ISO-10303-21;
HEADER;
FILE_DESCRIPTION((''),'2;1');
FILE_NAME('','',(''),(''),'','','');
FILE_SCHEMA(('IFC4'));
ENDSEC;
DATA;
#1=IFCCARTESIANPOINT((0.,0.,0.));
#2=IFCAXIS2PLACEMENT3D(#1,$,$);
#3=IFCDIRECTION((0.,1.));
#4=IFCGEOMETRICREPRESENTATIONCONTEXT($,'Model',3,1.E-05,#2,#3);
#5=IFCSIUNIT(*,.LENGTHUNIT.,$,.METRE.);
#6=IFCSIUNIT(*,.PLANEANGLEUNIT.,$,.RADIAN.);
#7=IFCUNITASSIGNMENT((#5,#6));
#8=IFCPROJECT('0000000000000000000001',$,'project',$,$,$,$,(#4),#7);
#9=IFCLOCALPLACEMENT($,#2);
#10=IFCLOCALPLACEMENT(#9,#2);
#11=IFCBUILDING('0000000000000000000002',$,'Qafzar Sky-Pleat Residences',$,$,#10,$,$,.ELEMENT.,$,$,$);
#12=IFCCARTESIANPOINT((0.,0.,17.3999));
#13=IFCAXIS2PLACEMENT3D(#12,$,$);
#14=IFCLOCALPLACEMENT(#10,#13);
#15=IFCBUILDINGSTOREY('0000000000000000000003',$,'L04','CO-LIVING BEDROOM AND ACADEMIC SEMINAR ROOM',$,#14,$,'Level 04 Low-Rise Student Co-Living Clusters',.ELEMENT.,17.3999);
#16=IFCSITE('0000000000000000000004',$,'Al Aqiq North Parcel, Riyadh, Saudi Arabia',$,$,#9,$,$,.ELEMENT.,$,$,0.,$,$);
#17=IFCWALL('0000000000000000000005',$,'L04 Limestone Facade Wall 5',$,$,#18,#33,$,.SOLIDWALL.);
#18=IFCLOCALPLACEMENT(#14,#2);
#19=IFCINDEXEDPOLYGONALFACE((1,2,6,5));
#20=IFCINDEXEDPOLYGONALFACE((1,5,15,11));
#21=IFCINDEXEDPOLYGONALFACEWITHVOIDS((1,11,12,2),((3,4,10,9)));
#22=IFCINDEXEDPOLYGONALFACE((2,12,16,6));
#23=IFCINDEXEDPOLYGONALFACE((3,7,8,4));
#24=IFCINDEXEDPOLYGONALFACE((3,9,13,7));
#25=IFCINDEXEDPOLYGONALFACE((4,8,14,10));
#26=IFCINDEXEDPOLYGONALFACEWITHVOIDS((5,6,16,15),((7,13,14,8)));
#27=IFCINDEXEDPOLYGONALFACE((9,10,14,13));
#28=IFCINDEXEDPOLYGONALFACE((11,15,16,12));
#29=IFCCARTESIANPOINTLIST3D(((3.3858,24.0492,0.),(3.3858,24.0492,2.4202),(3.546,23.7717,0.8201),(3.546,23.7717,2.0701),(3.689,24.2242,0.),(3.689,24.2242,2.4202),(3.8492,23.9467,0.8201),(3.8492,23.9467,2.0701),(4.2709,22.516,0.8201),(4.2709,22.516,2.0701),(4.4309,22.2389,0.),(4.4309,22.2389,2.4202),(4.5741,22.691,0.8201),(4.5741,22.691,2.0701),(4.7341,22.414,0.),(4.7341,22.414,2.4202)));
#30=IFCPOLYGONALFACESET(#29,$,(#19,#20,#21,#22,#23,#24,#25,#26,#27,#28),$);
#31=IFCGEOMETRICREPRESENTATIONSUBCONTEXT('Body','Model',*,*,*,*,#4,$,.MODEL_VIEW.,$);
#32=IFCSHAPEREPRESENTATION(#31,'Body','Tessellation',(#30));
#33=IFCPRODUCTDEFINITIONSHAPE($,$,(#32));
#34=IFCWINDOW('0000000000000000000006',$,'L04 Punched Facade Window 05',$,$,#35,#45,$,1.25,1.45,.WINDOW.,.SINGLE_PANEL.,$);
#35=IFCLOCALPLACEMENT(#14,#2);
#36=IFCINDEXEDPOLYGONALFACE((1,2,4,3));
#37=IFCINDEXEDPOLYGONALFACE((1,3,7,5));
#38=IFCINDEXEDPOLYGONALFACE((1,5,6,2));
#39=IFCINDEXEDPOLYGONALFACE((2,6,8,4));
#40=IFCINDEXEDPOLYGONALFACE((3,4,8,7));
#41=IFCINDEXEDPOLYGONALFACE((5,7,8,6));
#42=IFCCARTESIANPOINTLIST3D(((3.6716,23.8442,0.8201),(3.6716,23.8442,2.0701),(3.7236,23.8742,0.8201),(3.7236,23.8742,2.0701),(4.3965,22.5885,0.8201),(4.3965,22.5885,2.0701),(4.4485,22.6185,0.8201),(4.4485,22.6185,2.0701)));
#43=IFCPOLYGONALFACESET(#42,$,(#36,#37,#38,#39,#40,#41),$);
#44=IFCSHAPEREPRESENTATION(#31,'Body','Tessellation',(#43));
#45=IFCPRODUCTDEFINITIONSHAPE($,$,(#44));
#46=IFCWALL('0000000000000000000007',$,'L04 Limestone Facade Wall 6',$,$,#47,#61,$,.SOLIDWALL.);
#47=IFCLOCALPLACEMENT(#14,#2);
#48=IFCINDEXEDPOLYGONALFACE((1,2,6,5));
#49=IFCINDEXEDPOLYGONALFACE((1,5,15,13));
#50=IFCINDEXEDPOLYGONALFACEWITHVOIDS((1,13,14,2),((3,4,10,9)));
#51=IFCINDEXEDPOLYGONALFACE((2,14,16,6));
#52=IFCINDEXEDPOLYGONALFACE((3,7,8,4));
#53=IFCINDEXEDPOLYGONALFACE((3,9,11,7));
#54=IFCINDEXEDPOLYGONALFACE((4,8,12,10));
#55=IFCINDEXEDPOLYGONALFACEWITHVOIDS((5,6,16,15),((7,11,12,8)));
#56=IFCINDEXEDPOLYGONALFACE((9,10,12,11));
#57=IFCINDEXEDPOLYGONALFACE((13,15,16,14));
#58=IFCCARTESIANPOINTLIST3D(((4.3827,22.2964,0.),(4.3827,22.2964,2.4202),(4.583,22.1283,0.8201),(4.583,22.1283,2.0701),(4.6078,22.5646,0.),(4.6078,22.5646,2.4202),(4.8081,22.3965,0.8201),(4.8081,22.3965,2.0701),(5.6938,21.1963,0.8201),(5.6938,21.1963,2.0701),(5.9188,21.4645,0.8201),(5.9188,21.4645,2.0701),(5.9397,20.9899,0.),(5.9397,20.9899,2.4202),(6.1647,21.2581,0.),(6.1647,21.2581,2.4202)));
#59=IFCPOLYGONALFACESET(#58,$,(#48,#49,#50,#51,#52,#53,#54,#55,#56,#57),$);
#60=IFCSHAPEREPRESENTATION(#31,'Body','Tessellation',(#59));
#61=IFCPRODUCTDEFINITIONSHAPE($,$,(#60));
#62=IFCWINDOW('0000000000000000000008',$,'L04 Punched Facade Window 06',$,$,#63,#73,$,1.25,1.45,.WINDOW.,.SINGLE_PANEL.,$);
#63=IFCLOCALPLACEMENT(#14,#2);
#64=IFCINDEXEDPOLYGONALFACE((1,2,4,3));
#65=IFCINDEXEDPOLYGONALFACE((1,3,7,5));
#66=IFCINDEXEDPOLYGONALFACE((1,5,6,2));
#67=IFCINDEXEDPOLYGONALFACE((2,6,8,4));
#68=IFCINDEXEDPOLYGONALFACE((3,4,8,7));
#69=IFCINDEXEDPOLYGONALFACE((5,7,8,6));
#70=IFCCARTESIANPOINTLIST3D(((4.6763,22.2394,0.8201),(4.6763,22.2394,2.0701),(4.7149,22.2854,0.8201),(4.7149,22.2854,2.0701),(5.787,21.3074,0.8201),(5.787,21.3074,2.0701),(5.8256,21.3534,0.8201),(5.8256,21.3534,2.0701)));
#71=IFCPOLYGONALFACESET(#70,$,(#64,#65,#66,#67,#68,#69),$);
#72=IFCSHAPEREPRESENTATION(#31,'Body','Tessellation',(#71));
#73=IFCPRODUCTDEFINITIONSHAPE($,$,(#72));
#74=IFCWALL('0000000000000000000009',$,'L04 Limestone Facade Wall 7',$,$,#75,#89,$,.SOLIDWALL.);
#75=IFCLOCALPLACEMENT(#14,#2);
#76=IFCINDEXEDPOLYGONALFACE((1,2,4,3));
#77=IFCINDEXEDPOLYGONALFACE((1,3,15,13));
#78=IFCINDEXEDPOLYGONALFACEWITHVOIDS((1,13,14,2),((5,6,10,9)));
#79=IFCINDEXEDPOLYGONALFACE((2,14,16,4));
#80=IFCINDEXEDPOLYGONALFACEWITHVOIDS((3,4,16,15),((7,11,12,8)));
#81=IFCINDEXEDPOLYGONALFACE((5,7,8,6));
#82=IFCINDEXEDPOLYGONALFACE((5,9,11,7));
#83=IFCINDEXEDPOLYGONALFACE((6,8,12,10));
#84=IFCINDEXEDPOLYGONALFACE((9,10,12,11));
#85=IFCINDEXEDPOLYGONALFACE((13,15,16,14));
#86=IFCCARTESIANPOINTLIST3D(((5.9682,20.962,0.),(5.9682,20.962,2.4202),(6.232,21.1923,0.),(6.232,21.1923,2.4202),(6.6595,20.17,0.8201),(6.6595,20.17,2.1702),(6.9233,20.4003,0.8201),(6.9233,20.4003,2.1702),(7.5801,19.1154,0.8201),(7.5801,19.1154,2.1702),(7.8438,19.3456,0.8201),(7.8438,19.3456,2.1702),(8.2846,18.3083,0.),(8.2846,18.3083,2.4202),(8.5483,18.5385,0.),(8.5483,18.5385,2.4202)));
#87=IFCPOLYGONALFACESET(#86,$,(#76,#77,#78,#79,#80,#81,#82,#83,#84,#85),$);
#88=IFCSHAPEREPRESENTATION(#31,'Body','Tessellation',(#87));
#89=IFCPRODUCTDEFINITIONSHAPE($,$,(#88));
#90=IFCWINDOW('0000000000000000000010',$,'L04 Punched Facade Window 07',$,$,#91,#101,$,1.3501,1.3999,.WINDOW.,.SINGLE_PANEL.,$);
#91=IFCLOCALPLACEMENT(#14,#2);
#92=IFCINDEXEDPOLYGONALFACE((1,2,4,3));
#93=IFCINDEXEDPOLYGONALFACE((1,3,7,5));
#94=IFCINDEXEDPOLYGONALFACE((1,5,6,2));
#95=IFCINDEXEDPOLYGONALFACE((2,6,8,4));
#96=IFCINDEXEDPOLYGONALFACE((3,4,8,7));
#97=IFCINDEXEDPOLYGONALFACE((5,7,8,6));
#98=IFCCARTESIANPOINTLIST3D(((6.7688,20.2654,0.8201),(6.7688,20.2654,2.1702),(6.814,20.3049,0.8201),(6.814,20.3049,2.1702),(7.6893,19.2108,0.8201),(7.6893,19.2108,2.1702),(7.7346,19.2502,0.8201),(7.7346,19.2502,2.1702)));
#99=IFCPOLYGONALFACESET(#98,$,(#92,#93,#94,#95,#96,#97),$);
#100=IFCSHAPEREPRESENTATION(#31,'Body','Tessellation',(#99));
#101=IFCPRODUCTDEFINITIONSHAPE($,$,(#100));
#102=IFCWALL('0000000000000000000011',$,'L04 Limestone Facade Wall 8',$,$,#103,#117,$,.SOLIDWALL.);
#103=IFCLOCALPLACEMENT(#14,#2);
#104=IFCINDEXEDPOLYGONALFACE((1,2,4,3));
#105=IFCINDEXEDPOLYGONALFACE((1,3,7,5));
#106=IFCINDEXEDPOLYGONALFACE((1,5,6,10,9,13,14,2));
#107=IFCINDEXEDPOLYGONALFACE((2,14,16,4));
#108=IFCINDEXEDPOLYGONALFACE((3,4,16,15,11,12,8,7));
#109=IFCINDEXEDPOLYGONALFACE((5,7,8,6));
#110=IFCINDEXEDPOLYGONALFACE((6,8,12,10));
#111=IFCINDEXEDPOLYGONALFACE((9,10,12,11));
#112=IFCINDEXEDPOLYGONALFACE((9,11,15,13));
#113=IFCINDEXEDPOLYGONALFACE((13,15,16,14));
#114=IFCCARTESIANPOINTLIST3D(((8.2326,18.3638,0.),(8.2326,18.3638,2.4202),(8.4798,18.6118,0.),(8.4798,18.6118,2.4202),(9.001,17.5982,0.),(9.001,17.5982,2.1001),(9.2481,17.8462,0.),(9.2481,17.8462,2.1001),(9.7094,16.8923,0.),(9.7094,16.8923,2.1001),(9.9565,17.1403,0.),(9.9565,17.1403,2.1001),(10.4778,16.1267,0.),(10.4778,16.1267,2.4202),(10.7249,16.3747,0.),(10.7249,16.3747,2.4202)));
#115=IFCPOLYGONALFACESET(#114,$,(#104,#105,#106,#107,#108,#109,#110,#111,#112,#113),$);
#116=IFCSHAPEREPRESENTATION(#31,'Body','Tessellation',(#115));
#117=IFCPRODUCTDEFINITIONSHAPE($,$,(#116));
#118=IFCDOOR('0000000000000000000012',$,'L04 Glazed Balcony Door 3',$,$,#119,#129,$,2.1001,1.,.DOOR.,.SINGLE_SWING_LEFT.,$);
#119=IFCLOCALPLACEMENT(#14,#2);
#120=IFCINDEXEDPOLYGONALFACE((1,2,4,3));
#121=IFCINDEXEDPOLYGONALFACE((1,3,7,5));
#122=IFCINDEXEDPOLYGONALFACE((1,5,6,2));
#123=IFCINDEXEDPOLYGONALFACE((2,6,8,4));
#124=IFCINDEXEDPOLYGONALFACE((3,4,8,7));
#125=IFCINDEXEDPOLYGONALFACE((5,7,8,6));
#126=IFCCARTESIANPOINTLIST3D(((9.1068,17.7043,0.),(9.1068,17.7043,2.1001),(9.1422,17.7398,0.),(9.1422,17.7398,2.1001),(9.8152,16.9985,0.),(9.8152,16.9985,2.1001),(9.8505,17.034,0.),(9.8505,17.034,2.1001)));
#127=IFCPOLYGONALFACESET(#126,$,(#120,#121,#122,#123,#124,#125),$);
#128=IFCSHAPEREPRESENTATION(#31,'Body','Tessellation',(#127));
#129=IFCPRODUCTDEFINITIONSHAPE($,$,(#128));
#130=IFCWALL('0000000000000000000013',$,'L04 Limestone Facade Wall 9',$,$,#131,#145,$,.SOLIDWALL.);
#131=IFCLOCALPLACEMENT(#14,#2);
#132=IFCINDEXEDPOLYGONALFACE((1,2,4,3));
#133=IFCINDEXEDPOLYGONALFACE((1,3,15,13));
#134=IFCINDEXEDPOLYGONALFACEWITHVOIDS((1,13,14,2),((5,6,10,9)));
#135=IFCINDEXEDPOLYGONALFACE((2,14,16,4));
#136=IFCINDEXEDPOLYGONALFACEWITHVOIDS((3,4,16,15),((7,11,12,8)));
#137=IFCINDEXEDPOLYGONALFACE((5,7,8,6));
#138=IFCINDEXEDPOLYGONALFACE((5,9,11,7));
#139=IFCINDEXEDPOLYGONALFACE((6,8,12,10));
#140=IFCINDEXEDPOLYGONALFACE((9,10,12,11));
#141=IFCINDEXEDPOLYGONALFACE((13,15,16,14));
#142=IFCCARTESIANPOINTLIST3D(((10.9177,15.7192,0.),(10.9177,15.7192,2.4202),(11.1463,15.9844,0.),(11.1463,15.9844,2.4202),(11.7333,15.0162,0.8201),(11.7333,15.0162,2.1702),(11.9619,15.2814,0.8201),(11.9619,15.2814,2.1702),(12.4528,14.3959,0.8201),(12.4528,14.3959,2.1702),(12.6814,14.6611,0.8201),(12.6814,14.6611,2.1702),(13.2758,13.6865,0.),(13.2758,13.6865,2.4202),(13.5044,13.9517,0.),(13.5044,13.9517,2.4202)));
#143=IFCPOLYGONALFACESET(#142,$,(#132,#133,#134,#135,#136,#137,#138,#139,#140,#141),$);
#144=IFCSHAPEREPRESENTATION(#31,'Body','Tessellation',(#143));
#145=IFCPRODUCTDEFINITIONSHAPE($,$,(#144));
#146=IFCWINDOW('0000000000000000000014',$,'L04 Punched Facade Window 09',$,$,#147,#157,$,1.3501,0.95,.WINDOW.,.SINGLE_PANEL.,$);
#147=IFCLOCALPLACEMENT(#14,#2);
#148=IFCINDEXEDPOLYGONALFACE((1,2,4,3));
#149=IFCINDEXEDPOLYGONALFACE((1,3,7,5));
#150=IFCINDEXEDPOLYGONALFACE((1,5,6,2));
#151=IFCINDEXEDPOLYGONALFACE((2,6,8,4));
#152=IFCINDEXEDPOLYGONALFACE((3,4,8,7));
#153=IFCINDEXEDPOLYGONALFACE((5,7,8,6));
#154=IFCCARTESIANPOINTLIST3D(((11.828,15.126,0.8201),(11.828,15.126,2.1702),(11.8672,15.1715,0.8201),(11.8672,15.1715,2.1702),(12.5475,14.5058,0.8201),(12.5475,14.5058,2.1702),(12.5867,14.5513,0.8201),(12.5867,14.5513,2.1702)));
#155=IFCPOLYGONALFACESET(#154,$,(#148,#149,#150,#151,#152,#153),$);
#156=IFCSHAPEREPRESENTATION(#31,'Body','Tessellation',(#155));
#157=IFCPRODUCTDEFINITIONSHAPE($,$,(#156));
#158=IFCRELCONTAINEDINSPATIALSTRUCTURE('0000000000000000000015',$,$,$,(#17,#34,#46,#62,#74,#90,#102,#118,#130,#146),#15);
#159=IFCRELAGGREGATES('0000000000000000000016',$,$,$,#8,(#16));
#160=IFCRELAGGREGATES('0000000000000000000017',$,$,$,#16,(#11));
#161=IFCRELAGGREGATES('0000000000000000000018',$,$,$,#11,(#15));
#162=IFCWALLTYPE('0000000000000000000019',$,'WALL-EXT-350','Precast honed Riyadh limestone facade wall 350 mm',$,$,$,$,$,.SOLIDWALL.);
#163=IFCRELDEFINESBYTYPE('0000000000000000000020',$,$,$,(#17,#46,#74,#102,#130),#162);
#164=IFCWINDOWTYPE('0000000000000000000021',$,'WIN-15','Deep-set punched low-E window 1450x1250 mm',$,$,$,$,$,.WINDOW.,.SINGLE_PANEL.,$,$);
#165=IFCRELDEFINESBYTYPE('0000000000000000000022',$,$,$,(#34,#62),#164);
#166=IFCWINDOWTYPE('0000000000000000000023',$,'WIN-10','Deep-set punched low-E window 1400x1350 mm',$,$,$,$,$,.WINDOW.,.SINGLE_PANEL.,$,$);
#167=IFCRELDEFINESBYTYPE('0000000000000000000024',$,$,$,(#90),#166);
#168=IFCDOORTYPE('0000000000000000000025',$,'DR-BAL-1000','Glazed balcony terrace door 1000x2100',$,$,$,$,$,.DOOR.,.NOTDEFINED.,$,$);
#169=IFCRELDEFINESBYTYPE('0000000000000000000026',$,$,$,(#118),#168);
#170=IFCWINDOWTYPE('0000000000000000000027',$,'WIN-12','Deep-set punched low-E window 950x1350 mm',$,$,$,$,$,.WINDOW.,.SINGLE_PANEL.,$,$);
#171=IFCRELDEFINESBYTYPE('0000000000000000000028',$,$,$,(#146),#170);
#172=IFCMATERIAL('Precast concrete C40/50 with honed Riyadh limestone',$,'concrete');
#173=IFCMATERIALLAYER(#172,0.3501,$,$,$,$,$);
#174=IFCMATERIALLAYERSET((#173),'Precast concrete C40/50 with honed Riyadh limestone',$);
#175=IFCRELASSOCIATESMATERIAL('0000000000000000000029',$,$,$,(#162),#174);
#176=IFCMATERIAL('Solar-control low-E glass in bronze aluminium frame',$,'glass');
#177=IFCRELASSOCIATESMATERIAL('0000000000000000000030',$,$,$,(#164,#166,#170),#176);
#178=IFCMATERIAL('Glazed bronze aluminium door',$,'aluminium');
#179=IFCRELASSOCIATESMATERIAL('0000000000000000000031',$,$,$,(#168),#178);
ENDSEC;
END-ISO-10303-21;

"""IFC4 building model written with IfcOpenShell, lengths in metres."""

from ifc_helpers import new_model, si_unit, direction, frame, frame_2d, origin, place, context, subcontext, project, spatial, rectangle, extrude, source, transform, mapped, material, layer, layer_set, type_object, element, fill, save


model = new_model("IFC4")

# Units and contexts
model_context = context("Model", 3, precision=1e-05, world=origin(), true_north=direction((0.0, 1.0)))
body_context = subcontext(model_context, "Body", "Model", "MODEL_VIEW")
ifc_project = project(units=[si_unit("LENGTHUNIT", "METRE"), si_unit("PLANEANGLEUNIT", "RADIAN")], contexts=[model_context])

# Site, building, storey
site_placement = place(None, origin())
site = spatial("IfcSite", under=ifc_project, at=site_placement, Name="Al Aqiq North Parcel, Riyadh, Saudi Arabia", CompositionType="ELEMENT", RefElevation=0.0)
building_placement = place(site_placement, origin())
building = spatial("IfcBuilding", under=site, at=building_placement, Name="Qafzar Sky-Pleat Residences", CompositionType="ELEMENT")
storey_placement = place(building_placement, frame((0.0, 0.0, 17.3999)))
storey = spatial("IfcBuildingStorey", under=building, at=storey_placement, Name="L04", Description="CO-LIVING BEDROOM AND ACADEMIC SEMINAR ROOM", LongName="Level 04 Low-Rise Student Co-Living Clusters", CompositionType="ELEMENT", Elevation=17.3999)

# Walls, openings, windows
ifc_material_1 = material(Name="Precast concrete C40/50 with honed Riyadh limestone", Category="concrete")
ifc_layer_1 = layer(ifc_material_1, 0.3501)
ifc_layer_set_1 = layer_set([ifc_layer_1], Name="Precast concrete C40/50 with honed Riyadh limestone")
wall_type_1 = type_object("IfcWallType", Name="WALL-EXT-350", Description="Precast honed Riyadh limestone facade wall 350 mm", PredefinedType="SOLIDWALL", material=ifc_layer_set_1)
wall_1_placement = place(storey_placement, frame((3.5374, 24.1367, 0.0), z_axis=(0.0, 0.0, 1.0), x_axis=(0.499995, -0.866028, 0.0)))
wall_1 = element("IfcWall", 1, at=wall_1_placement, inside=storey, type_object=wall_type_1, Name="L04 Limestone Facade Wall 5", PredefinedType="SOLIDWALL", context=body_context, shape_type="SweptSolid", body=[
    extrude(rectangle(XDim=2.0903, YDim=0.3501, at=frame_2d((1.0452, 0.0))), origin(), (0.0, 0.0, 1.0), 2.4202),
])
opening_1_placement = place(wall_1_placement, frame((0.3203, 0.0, 0.8201)))
opening_1 = element("IfcOpeningElement", 2, at=opening_1_placement, cuts=wall_1, PredefinedType="OPENING", context=body_context, shape_type="SweptSolid", body=[
    extrude(rectangle(XDim=1.45, YDim=1.25, at=frame_2d((0.7251, 0.625))), frame((0.0, 0.1851, 0.0), z_axis=(0.0, -1.0, 0.0), x_axis=(1.0, 0.0, 0.0)), (0.0, 0.0, 1.0), 0.3701),
])
ifc_material_2 = material(Name="Solar-control low-E glass in bronze aluminium frame", Category="glass")
window_type_1 = type_object("IfcWindowType", Name="WIN-15", Description="Deep-set punched low-E window 1450x1250 mm", PartitioningType="SINGLE_PANEL", PredefinedType="WINDOW", material=ifc_material_2)
shared_shape_1 = source(origin(), body_context, "Body", "SweptSolid", [
    extrude(rectangle(XDim=1.45, YDim=1.25, at=frame_2d((0.7251, 0.625))), frame((0.0, 0.03, 0.0), z_axis=(0.0, -1.0, 0.0), x_axis=(1.0, 0.0, 0.0)), (0.0, 0.0, 1.0), 0.0601),
])
window_1_placement = place(opening_1_placement, origin())
window_1 = element("IfcWindow", 3, at=window_1_placement, inside=storey, type_object=window_type_1, Name="L04 Punched Facade Window 05", OverallHeight=1.25, OverallWidth=1.45, PartitioningType="SINGLE_PANEL", PredefinedType="WINDOW", context=body_context, shape_type="MappedRepresentation", body=[
    mapped(shared_shape_1, transform((0.0, 0.0, 0.0), x_axis=(1.0, 0.0, 0.0), y_axis=(0.0, 1.0, 0.0), z_axis=(0.0, 0.0, 1.0), scale=1.0)),
])
fill(opening_1, window_1)
wall_2_placement = place(storey_placement, frame((4.4954, 22.4304, 0.0), z_axis=(0.0, 0.0, 1.0), x_axis=(0.766041, -0.642792, 0.0)))
wall_2 = element("IfcWall", 4, at=wall_2_placement, inside=storey, type_object=wall_type_1, Name="L04 Limestone Facade Wall 6", PredefinedType="SOLIDWALL", context=body_context, shape_type="SweptSolid", body=[
    extrude(rectangle(XDim=2.0325, YDim=0.3501, at=frame_2d((1.0161, 0.0))), origin(), (0.0, 0.0, 1.0), 2.4202),
])
opening_2_placement = place(wall_2_placement, frame((0.2612, 0.0, 0.8201)))
opening_2 = element("IfcOpeningElement", 5, at=opening_2_placement, cuts=wall_2, PredefinedType="OPENING", context=body_context, shape_type="SweptSolid", body=[
    extrude(rectangle(XDim=1.45, YDim=1.25, at=frame_2d((0.7251, 0.625))), frame((0.0, 0.1851, 0.0), z_axis=(0.0, -1.0, 0.0), x_axis=(1.0, 0.0, 0.0)), (0.0, 0.0, 1.0), 0.3701),
])
window_2_placement = place(opening_2_placement, origin())
window_2 = element("IfcWindow", 6, at=window_2_placement, inside=storey, type_object=window_type_1, Name="L04 Punched Facade Window 06", OverallHeight=1.25, OverallWidth=1.45, PartitioningType="SINGLE_PANEL", PredefinedType="WINDOW", context=body_context, shape_type="MappedRepresentation", body=[
    mapped(shared_shape_1, transform((0.0, 0.0, 0.0), x_axis=(1.0, 0.0, 0.0), y_axis=(0.0, 1.0, 0.0), z_axis=(0.0, 0.0, 1.0), scale=1.0)),
])
fill(opening_2, window_2)
wall_3_placement = place(storey_placement, frame((6.1001, 21.0771, 0.0), z_axis=(0.0, 0.0, 1.0), x_axis=(0.657591, -0.753375, 0.0)))
wall_3 = element("IfcWall", 7, at=wall_3_placement, inside=storey, type_object=wall_type_1, Name="L04 Limestone Facade Wall 7", PredefinedType="SOLIDWALL", context=body_context, shape_type="SweptSolid", body=[
    extrude(rectangle(XDim=3.5225, YDim=0.3501, at=frame_2d((1.7612, 0.0))), origin(), (0.0, 0.0, 1.0), 2.4202),
])
opening_3_placement = place(wall_3_placement, frame((1.0513, 0.0, 0.8201)))
opening_3 = element("IfcOpeningElement", 8, at=opening_3_placement, cuts=wall_3, PredefinedType="OPENING", context=body_context, shape_type="SweptSolid", body=[
    extrude(rectangle(XDim=1.3999, YDim=1.3501, at=frame_2d((0.7, 0.675))), frame((0.0, 0.1851, 0.0), z_axis=(0.0, -1.0, 0.0), x_axis=(1.0, 0.0, 0.0)), (0.0, 0.0, 1.0), 0.3701),
])
window_type_2 = type_object("IfcWindowType", Name="WIN-10", Description="Deep-set punched low-E window 1400x1350 mm", PartitioningType="SINGLE_PANEL", PredefinedType="WINDOW", material=ifc_material_2)
shared_shape_2 = source(origin(), body_context, "Body", "SweptSolid", [
    extrude(rectangle(XDim=1.3999, YDim=1.3501, at=frame_2d((0.7, 0.675))), frame((0.0, 0.03, 0.0), z_axis=(0.0, -1.0, 0.0), x_axis=(1.0, 0.0, 0.0)), (0.0, 0.0, 1.0), 0.0601),
])
window_3_placement = place(opening_3_placement, origin())
window_3 = element("IfcWindow", 9, at=window_3_placement, inside=storey, type_object=window_type_2, Name="L04 Punched Facade Window 07", OverallHeight=1.3501, OverallWidth=1.3999, PartitioningType="SINGLE_PANEL", PredefinedType="WINDOW", context=body_context, shape_type="MappedRepresentation", body=[
    mapped(shared_shape_2, transform((0.0, 0.0, 0.0), x_axis=(1.0, 0.0, 0.0), y_axis=(0.0, 1.0, 0.0), z_axis=(0.0, 0.0, 1.0), scale=1.0)),
])
fill(opening_3, window_3)

# Wall, opening, door
wall_4_placement = place(storey_placement, frame((8.3562, 18.4878, 0.0), z_axis=(0.0, 0.0, 1.0), x_axis=(0.708377, -0.705835, 0.0)))
wall_4 = element("IfcWall", 10, at=wall_4_placement, inside=storey, type_object=wall_type_1, Name="L04 Limestone Facade Wall 8", PredefinedType="SOLIDWALL", context=body_context, shape_type="SweptSolid", body=[
    extrude(rectangle(XDim=3.1694, YDim=0.3501, at=frame_2d((1.5847, 0.0))), origin(), (0.0, 0.0, 1.0), 2.4202),
])
opening_4_placement = place(wall_4_placement, frame((1.0847, 0.0, 0.0)))
opening_4 = element("IfcOpeningElement", 11, at=opening_4_placement, cuts=wall_4, PredefinedType="OPENING", context=body_context, shape_type="SweptSolid", body=[
    extrude(rectangle(XDim=1.0, YDim=2.1001, at=frame_2d((0.5, 1.05))), frame((0.0, 0.1851, 0.0), z_axis=(0.0, -1.0, 0.0), x_axis=(1.0, 0.0, 0.0)), (0.0, 0.0, 1.0), 0.3701),
])
ifc_material_3 = material(Name="Glazed bronze aluminium door", Category="aluminium")
door_type = type_object("IfcDoorType", Name="DR-BAL-1000", Description="Glazed balcony terrace door 1000x2100", OperationType="NOTDEFINED", PredefinedType="DOOR", material=ifc_material_3)
shared_shape_3 = source(origin(), body_context, "Body", "SweptSolid", [
    extrude(rectangle(XDim=1.0, YDim=2.1001, at=frame_2d((0.5, 1.05))), frame((0.0, 0.0249, 0.0), z_axis=(0.0, -1.0, 0.0), x_axis=(1.0, 0.0, 0.0)), (0.0, 0.0, 1.0), 0.05),
])
door_placement = place(opening_4_placement, origin())
door = element("IfcDoor", 12, at=door_placement, inside=storey, type_object=door_type, Name="L04 Glazed Balcony Door 3", OperationType="SINGLE_SWING_LEFT", OverallHeight=2.1001, OverallWidth=1.0, PredefinedType="DOOR", context=body_context, shape_type="MappedRepresentation", body=[
    mapped(shared_shape_3, transform((0.0, 0.0, 0.0), x_axis=(1.0, 0.0, 0.0), y_axis=(0.0, 1.0, 0.0), z_axis=(0.0, 0.0, 1.0), scale=1.0)),
])
fill(opening_4, door)

# Wall, opening, window
wall_5_placement = place(storey_placement, frame((11.032, 15.8518, 0.0), z_axis=(0.0, 0.0, 1.0), x_axis=(0.757438, -0.652907, 0.0)))
wall_5 = element("IfcWall", 13, at=wall_5_placement, inside=storey, type_object=wall_type_1, Name="L04 Limestone Facade Wall 9", PredefinedType="SOLIDWALL", context=body_context, shape_type="SweptSolid", body=[
    extrude(rectangle(XDim=3.1133, YDim=0.3501, at=frame_2d((1.5566, 0.0))), origin(), (0.0, 0.0, 1.0), 2.4202),
])
opening_5_placement = place(wall_5_placement, frame((1.0767, 0.0, 0.8201)))
opening_5 = element("IfcOpeningElement", 14, at=opening_5_placement, cuts=wall_5, PredefinedType="OPENING", context=body_context, shape_type="SweptSolid", body=[
    extrude(rectangle(XDim=0.95, YDim=1.3501, at=frame_2d((0.4751, 0.675))), frame((0.0, 0.1851, 0.0), z_axis=(0.0, -1.0, 0.0), x_axis=(1.0, 0.0, 0.0)), (0.0, 0.0, 1.0), 0.3701),
])
window_type_3 = type_object("IfcWindowType", Name="WIN-12", Description="Deep-set punched low-E window 950x1350 mm", PartitioningType="SINGLE_PANEL", PredefinedType="WINDOW", material=ifc_material_2)
shared_shape_4 = source(origin(), body_context, "Body", "SweptSolid", [
    extrude(rectangle(XDim=0.95, YDim=1.3501, at=frame_2d((0.4751, 0.675))), frame((0.0, 0.03, 0.0), z_axis=(0.0, -1.0, 0.0), x_axis=(1.0, 0.0, 0.0)), (0.0, 0.0, 1.0), 0.0601),
])
window_4_placement = place(opening_5_placement, origin())
window_4 = element("IfcWindow", 15, at=window_4_placement, inside=storey, type_object=window_type_3, Name="L04 Punched Facade Window 09", OverallHeight=1.3501, OverallWidth=0.95, PartitioningType="SINGLE_PANEL", PredefinedType="WINDOW", context=body_context, shape_type="MappedRepresentation", body=[
    mapped(shared_shape_4, transform((0.0, 0.0, 0.0), x_axis=(1.0, 0.0, 0.0), y_axis=(0.0, 1.0, 0.0), z_axis=(0.0, 0.0, 1.0), scale=1.0)),
])
fill(opening_5, window_4)

save(model, "model.ifc")
